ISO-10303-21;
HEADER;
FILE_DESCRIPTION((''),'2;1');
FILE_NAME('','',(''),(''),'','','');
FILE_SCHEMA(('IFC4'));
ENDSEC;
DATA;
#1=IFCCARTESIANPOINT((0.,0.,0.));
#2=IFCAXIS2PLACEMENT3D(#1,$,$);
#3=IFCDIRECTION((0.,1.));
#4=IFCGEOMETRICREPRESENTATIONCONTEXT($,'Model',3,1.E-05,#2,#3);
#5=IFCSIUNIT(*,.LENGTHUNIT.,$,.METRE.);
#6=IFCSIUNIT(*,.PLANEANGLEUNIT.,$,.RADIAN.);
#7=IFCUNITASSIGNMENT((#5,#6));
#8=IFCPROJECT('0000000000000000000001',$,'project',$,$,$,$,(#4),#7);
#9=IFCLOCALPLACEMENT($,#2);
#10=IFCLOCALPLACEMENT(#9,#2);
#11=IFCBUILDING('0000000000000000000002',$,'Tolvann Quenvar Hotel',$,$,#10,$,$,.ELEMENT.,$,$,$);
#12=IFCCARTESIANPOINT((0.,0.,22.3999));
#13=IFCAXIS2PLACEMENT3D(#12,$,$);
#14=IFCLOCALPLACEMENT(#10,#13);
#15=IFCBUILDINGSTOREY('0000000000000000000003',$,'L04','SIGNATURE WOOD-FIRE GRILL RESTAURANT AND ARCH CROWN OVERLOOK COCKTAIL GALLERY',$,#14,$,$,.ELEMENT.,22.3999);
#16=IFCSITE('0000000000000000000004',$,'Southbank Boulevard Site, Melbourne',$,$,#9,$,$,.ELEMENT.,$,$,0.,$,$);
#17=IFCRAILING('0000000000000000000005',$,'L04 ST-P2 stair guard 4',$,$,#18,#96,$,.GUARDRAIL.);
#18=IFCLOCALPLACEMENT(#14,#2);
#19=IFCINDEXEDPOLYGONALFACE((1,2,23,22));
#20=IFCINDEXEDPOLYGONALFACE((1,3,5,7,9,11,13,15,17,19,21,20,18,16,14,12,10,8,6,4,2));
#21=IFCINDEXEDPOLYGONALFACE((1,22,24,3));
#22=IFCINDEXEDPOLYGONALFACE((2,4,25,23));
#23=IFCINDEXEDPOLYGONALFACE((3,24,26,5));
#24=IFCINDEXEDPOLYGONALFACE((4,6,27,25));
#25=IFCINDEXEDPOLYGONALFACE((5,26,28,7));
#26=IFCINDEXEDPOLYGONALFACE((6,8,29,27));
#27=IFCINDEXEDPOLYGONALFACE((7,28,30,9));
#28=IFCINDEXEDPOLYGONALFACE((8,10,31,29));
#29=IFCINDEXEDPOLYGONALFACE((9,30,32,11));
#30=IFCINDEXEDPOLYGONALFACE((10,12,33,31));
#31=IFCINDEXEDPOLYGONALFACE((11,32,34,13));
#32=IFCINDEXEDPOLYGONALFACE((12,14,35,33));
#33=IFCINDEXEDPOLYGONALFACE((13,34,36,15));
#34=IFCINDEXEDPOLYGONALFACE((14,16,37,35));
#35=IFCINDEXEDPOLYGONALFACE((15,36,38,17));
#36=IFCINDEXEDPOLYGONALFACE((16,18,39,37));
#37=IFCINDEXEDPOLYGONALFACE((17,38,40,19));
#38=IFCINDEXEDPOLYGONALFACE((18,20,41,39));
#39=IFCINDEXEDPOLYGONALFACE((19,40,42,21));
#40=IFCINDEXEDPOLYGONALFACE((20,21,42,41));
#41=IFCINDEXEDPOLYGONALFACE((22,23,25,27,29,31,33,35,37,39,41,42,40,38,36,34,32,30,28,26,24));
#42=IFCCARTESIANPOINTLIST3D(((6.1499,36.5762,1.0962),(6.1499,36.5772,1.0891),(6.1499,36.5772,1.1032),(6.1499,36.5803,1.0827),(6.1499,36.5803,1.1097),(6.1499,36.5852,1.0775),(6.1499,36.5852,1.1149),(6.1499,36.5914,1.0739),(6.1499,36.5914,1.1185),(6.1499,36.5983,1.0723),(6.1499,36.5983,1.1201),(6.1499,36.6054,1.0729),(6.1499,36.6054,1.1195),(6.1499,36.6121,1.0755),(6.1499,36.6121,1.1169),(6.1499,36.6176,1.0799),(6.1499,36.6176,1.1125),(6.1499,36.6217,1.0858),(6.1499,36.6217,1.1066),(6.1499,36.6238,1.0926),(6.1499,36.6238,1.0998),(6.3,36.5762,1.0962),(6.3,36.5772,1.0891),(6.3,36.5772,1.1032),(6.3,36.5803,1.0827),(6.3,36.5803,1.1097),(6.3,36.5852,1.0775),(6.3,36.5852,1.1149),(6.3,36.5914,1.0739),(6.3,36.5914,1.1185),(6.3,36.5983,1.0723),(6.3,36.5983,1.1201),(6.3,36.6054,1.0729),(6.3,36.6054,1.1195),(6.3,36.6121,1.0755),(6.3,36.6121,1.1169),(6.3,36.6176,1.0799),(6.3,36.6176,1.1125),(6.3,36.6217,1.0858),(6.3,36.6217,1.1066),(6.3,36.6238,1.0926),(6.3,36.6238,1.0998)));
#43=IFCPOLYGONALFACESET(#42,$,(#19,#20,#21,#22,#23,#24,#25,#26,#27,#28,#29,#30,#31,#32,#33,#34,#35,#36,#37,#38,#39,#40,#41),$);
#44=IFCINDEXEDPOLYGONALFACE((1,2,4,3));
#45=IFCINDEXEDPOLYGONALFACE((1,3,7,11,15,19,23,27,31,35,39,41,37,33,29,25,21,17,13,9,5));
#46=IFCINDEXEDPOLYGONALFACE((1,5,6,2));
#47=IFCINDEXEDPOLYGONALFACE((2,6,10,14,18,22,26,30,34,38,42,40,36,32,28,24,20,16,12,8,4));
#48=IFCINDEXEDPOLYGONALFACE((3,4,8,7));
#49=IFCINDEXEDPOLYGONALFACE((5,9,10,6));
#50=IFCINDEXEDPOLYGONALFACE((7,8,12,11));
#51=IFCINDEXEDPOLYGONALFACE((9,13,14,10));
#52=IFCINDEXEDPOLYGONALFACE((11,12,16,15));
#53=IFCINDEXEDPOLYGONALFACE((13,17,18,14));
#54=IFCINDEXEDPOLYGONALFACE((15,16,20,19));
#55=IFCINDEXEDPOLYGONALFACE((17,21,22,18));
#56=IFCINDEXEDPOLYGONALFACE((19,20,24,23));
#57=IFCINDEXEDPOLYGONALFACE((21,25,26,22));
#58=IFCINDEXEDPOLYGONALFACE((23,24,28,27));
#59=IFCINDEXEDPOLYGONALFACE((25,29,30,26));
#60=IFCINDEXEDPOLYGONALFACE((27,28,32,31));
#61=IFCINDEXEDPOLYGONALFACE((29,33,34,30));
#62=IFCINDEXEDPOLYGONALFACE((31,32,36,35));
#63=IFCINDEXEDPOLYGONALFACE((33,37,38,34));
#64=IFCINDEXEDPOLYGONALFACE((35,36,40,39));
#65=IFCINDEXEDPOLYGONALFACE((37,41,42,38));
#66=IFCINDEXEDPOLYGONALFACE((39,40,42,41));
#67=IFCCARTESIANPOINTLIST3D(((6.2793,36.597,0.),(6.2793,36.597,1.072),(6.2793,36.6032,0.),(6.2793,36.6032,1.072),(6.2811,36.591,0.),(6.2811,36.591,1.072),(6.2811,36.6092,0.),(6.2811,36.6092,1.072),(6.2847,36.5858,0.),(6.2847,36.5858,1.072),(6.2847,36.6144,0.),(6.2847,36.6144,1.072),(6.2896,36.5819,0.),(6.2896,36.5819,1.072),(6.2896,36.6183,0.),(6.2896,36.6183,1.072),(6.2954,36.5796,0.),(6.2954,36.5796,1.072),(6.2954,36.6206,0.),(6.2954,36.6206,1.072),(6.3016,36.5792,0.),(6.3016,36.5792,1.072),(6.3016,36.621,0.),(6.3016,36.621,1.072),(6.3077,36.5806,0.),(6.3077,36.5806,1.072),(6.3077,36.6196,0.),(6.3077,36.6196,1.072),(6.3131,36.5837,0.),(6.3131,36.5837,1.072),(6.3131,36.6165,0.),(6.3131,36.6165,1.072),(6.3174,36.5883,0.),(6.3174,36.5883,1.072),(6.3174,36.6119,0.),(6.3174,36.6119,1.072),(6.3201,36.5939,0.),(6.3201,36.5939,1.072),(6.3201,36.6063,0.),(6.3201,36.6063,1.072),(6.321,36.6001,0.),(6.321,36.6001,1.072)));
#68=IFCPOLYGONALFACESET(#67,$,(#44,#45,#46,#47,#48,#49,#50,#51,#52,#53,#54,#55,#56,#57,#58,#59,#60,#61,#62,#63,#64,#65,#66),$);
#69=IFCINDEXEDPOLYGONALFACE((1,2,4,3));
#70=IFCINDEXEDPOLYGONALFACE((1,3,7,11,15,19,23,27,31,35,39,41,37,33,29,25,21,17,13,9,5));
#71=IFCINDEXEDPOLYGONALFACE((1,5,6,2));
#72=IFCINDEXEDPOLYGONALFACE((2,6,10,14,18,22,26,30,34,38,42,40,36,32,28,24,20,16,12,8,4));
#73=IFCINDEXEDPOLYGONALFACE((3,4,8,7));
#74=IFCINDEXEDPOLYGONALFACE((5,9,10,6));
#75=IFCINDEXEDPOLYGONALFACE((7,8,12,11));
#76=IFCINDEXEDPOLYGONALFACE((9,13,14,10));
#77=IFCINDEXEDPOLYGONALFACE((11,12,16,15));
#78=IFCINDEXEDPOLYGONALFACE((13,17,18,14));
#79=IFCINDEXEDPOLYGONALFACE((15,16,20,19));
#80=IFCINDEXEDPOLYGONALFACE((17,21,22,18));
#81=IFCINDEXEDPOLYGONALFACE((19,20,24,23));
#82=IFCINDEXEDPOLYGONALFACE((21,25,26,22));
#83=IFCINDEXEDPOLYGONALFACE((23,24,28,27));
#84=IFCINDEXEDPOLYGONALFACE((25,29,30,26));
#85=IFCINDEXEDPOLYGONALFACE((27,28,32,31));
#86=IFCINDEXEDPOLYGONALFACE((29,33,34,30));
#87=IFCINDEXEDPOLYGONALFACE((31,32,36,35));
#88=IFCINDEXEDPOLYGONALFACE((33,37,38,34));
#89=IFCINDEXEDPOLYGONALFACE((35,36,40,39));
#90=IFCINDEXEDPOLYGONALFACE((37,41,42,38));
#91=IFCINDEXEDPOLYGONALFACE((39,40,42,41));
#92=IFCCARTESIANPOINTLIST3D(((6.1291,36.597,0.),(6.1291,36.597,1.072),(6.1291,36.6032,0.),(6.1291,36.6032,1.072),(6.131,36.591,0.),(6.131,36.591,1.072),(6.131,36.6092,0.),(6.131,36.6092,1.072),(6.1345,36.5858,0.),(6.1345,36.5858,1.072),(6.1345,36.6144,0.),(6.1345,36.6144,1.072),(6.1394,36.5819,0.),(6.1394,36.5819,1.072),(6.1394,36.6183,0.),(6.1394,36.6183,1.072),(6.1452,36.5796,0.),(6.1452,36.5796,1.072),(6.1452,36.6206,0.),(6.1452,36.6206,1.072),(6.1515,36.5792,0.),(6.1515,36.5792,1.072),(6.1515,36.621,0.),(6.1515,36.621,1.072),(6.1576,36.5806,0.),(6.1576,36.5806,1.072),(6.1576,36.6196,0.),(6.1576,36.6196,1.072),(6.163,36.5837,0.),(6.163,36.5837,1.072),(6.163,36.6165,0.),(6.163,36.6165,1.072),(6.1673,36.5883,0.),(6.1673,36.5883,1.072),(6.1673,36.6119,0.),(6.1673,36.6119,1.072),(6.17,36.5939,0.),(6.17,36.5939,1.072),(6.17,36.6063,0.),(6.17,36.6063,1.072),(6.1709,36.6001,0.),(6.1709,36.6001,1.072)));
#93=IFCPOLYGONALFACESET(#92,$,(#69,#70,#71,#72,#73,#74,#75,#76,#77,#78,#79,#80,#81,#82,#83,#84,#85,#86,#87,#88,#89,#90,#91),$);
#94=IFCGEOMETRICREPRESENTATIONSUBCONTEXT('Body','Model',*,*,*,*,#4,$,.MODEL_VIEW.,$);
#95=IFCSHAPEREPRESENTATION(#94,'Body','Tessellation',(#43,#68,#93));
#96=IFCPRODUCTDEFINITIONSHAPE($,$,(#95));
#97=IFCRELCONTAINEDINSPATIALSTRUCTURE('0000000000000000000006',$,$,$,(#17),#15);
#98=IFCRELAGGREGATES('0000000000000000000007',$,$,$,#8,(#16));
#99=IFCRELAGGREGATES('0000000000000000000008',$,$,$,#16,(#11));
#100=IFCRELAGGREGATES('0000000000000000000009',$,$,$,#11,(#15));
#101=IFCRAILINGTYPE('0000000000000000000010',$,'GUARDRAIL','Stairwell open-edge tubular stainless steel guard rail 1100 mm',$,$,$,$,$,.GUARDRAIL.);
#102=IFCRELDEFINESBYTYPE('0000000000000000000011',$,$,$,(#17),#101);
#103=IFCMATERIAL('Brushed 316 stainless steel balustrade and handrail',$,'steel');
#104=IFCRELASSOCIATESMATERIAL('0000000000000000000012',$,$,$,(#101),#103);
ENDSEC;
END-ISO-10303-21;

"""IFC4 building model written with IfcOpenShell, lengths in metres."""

from ifc_helpers import new_model, si_unit, direction, frame, origin, origin_2d, place, context, subcontext, project, spatial, circle, extrude, material, type_object, element, save


model = new_model("IFC4")

# Units and contexts
model_context = context("Model", 3, precision=1e-05, world=origin(), true_north=direction((0.0, 1.0)))
body_context = subcontext(model_context, "Body", "Model", "MODEL_VIEW")
ifc_project = project(units=[si_unit("LENGTHUNIT", "METRE"), si_unit("PLANEANGLEUNIT", "RADIAN")], contexts=[model_context])

# Site, building, storey
site_placement = place(None, origin())
site = spatial("IfcSite", under=ifc_project, at=site_placement, Name="Southbank Boulevard Site, Melbourne", CompositionType="ELEMENT", RefElevation=0.0)
building_placement = place(site_placement, origin())
building = spatial("IfcBuilding", under=site, at=building_placement, Name="Tolvann Quenvar Hotel", CompositionType="ELEMENT")
storey_placement = place(building_placement, frame((0.0, 0.0, 22.3999)))
storey = spatial("IfcBuildingStorey", under=building, at=storey_placement, Name="L04", Description="SIGNATURE WOOD-FIRE GRILL RESTAURANT AND ARCH CROWN OVERLOOK COCKTAIL GALLERY", CompositionType="ELEMENT", Elevation=22.3999)

# Railing
ifc_material_1 = material(Name="Brushed 316 stainless steel balustrade and handrail", Category="steel")
railing_type_1 = type_object("IfcRailingType", Name="GUARDRAIL", Description="Stairwell open-edge tubular stainless steel guard rail 1100 mm", PredefinedType="GUARDRAIL", material=ifc_material_1)
railing_1_placement = place(storey_placement, frame((6.3, 36.6001, 0.0)))
element("IfcRailing", 1, at=railing_1_placement, inside=storey, type_object=railing_type_1, Name="L04 ST-P2 stair guard 4", PredefinedType="GUARDRAIL", context=body_context, shape_type="SweptSolid", body=[
    extrude(circle(Radius=0.0239, at=origin_2d()), frame((0.0, 0.0, 1.0962), z_axis=(-1.0, 0.0, 0.0), x_axis=(0.0, -1.0, 0.0)), (0.0, 0.0, 1.0), 0.1501),
    extrude(circle(Radius=0.021, at=origin_2d()), origin(), (0.0, 0.0, 1.0), 1.072),
    extrude(circle(Radius=0.021, at=origin_2d()), frame((-0.1501, 0.0, 0.0)), (0.0, 0.0, 1.0), 1.072),
])

save(model, "model.ifc")
